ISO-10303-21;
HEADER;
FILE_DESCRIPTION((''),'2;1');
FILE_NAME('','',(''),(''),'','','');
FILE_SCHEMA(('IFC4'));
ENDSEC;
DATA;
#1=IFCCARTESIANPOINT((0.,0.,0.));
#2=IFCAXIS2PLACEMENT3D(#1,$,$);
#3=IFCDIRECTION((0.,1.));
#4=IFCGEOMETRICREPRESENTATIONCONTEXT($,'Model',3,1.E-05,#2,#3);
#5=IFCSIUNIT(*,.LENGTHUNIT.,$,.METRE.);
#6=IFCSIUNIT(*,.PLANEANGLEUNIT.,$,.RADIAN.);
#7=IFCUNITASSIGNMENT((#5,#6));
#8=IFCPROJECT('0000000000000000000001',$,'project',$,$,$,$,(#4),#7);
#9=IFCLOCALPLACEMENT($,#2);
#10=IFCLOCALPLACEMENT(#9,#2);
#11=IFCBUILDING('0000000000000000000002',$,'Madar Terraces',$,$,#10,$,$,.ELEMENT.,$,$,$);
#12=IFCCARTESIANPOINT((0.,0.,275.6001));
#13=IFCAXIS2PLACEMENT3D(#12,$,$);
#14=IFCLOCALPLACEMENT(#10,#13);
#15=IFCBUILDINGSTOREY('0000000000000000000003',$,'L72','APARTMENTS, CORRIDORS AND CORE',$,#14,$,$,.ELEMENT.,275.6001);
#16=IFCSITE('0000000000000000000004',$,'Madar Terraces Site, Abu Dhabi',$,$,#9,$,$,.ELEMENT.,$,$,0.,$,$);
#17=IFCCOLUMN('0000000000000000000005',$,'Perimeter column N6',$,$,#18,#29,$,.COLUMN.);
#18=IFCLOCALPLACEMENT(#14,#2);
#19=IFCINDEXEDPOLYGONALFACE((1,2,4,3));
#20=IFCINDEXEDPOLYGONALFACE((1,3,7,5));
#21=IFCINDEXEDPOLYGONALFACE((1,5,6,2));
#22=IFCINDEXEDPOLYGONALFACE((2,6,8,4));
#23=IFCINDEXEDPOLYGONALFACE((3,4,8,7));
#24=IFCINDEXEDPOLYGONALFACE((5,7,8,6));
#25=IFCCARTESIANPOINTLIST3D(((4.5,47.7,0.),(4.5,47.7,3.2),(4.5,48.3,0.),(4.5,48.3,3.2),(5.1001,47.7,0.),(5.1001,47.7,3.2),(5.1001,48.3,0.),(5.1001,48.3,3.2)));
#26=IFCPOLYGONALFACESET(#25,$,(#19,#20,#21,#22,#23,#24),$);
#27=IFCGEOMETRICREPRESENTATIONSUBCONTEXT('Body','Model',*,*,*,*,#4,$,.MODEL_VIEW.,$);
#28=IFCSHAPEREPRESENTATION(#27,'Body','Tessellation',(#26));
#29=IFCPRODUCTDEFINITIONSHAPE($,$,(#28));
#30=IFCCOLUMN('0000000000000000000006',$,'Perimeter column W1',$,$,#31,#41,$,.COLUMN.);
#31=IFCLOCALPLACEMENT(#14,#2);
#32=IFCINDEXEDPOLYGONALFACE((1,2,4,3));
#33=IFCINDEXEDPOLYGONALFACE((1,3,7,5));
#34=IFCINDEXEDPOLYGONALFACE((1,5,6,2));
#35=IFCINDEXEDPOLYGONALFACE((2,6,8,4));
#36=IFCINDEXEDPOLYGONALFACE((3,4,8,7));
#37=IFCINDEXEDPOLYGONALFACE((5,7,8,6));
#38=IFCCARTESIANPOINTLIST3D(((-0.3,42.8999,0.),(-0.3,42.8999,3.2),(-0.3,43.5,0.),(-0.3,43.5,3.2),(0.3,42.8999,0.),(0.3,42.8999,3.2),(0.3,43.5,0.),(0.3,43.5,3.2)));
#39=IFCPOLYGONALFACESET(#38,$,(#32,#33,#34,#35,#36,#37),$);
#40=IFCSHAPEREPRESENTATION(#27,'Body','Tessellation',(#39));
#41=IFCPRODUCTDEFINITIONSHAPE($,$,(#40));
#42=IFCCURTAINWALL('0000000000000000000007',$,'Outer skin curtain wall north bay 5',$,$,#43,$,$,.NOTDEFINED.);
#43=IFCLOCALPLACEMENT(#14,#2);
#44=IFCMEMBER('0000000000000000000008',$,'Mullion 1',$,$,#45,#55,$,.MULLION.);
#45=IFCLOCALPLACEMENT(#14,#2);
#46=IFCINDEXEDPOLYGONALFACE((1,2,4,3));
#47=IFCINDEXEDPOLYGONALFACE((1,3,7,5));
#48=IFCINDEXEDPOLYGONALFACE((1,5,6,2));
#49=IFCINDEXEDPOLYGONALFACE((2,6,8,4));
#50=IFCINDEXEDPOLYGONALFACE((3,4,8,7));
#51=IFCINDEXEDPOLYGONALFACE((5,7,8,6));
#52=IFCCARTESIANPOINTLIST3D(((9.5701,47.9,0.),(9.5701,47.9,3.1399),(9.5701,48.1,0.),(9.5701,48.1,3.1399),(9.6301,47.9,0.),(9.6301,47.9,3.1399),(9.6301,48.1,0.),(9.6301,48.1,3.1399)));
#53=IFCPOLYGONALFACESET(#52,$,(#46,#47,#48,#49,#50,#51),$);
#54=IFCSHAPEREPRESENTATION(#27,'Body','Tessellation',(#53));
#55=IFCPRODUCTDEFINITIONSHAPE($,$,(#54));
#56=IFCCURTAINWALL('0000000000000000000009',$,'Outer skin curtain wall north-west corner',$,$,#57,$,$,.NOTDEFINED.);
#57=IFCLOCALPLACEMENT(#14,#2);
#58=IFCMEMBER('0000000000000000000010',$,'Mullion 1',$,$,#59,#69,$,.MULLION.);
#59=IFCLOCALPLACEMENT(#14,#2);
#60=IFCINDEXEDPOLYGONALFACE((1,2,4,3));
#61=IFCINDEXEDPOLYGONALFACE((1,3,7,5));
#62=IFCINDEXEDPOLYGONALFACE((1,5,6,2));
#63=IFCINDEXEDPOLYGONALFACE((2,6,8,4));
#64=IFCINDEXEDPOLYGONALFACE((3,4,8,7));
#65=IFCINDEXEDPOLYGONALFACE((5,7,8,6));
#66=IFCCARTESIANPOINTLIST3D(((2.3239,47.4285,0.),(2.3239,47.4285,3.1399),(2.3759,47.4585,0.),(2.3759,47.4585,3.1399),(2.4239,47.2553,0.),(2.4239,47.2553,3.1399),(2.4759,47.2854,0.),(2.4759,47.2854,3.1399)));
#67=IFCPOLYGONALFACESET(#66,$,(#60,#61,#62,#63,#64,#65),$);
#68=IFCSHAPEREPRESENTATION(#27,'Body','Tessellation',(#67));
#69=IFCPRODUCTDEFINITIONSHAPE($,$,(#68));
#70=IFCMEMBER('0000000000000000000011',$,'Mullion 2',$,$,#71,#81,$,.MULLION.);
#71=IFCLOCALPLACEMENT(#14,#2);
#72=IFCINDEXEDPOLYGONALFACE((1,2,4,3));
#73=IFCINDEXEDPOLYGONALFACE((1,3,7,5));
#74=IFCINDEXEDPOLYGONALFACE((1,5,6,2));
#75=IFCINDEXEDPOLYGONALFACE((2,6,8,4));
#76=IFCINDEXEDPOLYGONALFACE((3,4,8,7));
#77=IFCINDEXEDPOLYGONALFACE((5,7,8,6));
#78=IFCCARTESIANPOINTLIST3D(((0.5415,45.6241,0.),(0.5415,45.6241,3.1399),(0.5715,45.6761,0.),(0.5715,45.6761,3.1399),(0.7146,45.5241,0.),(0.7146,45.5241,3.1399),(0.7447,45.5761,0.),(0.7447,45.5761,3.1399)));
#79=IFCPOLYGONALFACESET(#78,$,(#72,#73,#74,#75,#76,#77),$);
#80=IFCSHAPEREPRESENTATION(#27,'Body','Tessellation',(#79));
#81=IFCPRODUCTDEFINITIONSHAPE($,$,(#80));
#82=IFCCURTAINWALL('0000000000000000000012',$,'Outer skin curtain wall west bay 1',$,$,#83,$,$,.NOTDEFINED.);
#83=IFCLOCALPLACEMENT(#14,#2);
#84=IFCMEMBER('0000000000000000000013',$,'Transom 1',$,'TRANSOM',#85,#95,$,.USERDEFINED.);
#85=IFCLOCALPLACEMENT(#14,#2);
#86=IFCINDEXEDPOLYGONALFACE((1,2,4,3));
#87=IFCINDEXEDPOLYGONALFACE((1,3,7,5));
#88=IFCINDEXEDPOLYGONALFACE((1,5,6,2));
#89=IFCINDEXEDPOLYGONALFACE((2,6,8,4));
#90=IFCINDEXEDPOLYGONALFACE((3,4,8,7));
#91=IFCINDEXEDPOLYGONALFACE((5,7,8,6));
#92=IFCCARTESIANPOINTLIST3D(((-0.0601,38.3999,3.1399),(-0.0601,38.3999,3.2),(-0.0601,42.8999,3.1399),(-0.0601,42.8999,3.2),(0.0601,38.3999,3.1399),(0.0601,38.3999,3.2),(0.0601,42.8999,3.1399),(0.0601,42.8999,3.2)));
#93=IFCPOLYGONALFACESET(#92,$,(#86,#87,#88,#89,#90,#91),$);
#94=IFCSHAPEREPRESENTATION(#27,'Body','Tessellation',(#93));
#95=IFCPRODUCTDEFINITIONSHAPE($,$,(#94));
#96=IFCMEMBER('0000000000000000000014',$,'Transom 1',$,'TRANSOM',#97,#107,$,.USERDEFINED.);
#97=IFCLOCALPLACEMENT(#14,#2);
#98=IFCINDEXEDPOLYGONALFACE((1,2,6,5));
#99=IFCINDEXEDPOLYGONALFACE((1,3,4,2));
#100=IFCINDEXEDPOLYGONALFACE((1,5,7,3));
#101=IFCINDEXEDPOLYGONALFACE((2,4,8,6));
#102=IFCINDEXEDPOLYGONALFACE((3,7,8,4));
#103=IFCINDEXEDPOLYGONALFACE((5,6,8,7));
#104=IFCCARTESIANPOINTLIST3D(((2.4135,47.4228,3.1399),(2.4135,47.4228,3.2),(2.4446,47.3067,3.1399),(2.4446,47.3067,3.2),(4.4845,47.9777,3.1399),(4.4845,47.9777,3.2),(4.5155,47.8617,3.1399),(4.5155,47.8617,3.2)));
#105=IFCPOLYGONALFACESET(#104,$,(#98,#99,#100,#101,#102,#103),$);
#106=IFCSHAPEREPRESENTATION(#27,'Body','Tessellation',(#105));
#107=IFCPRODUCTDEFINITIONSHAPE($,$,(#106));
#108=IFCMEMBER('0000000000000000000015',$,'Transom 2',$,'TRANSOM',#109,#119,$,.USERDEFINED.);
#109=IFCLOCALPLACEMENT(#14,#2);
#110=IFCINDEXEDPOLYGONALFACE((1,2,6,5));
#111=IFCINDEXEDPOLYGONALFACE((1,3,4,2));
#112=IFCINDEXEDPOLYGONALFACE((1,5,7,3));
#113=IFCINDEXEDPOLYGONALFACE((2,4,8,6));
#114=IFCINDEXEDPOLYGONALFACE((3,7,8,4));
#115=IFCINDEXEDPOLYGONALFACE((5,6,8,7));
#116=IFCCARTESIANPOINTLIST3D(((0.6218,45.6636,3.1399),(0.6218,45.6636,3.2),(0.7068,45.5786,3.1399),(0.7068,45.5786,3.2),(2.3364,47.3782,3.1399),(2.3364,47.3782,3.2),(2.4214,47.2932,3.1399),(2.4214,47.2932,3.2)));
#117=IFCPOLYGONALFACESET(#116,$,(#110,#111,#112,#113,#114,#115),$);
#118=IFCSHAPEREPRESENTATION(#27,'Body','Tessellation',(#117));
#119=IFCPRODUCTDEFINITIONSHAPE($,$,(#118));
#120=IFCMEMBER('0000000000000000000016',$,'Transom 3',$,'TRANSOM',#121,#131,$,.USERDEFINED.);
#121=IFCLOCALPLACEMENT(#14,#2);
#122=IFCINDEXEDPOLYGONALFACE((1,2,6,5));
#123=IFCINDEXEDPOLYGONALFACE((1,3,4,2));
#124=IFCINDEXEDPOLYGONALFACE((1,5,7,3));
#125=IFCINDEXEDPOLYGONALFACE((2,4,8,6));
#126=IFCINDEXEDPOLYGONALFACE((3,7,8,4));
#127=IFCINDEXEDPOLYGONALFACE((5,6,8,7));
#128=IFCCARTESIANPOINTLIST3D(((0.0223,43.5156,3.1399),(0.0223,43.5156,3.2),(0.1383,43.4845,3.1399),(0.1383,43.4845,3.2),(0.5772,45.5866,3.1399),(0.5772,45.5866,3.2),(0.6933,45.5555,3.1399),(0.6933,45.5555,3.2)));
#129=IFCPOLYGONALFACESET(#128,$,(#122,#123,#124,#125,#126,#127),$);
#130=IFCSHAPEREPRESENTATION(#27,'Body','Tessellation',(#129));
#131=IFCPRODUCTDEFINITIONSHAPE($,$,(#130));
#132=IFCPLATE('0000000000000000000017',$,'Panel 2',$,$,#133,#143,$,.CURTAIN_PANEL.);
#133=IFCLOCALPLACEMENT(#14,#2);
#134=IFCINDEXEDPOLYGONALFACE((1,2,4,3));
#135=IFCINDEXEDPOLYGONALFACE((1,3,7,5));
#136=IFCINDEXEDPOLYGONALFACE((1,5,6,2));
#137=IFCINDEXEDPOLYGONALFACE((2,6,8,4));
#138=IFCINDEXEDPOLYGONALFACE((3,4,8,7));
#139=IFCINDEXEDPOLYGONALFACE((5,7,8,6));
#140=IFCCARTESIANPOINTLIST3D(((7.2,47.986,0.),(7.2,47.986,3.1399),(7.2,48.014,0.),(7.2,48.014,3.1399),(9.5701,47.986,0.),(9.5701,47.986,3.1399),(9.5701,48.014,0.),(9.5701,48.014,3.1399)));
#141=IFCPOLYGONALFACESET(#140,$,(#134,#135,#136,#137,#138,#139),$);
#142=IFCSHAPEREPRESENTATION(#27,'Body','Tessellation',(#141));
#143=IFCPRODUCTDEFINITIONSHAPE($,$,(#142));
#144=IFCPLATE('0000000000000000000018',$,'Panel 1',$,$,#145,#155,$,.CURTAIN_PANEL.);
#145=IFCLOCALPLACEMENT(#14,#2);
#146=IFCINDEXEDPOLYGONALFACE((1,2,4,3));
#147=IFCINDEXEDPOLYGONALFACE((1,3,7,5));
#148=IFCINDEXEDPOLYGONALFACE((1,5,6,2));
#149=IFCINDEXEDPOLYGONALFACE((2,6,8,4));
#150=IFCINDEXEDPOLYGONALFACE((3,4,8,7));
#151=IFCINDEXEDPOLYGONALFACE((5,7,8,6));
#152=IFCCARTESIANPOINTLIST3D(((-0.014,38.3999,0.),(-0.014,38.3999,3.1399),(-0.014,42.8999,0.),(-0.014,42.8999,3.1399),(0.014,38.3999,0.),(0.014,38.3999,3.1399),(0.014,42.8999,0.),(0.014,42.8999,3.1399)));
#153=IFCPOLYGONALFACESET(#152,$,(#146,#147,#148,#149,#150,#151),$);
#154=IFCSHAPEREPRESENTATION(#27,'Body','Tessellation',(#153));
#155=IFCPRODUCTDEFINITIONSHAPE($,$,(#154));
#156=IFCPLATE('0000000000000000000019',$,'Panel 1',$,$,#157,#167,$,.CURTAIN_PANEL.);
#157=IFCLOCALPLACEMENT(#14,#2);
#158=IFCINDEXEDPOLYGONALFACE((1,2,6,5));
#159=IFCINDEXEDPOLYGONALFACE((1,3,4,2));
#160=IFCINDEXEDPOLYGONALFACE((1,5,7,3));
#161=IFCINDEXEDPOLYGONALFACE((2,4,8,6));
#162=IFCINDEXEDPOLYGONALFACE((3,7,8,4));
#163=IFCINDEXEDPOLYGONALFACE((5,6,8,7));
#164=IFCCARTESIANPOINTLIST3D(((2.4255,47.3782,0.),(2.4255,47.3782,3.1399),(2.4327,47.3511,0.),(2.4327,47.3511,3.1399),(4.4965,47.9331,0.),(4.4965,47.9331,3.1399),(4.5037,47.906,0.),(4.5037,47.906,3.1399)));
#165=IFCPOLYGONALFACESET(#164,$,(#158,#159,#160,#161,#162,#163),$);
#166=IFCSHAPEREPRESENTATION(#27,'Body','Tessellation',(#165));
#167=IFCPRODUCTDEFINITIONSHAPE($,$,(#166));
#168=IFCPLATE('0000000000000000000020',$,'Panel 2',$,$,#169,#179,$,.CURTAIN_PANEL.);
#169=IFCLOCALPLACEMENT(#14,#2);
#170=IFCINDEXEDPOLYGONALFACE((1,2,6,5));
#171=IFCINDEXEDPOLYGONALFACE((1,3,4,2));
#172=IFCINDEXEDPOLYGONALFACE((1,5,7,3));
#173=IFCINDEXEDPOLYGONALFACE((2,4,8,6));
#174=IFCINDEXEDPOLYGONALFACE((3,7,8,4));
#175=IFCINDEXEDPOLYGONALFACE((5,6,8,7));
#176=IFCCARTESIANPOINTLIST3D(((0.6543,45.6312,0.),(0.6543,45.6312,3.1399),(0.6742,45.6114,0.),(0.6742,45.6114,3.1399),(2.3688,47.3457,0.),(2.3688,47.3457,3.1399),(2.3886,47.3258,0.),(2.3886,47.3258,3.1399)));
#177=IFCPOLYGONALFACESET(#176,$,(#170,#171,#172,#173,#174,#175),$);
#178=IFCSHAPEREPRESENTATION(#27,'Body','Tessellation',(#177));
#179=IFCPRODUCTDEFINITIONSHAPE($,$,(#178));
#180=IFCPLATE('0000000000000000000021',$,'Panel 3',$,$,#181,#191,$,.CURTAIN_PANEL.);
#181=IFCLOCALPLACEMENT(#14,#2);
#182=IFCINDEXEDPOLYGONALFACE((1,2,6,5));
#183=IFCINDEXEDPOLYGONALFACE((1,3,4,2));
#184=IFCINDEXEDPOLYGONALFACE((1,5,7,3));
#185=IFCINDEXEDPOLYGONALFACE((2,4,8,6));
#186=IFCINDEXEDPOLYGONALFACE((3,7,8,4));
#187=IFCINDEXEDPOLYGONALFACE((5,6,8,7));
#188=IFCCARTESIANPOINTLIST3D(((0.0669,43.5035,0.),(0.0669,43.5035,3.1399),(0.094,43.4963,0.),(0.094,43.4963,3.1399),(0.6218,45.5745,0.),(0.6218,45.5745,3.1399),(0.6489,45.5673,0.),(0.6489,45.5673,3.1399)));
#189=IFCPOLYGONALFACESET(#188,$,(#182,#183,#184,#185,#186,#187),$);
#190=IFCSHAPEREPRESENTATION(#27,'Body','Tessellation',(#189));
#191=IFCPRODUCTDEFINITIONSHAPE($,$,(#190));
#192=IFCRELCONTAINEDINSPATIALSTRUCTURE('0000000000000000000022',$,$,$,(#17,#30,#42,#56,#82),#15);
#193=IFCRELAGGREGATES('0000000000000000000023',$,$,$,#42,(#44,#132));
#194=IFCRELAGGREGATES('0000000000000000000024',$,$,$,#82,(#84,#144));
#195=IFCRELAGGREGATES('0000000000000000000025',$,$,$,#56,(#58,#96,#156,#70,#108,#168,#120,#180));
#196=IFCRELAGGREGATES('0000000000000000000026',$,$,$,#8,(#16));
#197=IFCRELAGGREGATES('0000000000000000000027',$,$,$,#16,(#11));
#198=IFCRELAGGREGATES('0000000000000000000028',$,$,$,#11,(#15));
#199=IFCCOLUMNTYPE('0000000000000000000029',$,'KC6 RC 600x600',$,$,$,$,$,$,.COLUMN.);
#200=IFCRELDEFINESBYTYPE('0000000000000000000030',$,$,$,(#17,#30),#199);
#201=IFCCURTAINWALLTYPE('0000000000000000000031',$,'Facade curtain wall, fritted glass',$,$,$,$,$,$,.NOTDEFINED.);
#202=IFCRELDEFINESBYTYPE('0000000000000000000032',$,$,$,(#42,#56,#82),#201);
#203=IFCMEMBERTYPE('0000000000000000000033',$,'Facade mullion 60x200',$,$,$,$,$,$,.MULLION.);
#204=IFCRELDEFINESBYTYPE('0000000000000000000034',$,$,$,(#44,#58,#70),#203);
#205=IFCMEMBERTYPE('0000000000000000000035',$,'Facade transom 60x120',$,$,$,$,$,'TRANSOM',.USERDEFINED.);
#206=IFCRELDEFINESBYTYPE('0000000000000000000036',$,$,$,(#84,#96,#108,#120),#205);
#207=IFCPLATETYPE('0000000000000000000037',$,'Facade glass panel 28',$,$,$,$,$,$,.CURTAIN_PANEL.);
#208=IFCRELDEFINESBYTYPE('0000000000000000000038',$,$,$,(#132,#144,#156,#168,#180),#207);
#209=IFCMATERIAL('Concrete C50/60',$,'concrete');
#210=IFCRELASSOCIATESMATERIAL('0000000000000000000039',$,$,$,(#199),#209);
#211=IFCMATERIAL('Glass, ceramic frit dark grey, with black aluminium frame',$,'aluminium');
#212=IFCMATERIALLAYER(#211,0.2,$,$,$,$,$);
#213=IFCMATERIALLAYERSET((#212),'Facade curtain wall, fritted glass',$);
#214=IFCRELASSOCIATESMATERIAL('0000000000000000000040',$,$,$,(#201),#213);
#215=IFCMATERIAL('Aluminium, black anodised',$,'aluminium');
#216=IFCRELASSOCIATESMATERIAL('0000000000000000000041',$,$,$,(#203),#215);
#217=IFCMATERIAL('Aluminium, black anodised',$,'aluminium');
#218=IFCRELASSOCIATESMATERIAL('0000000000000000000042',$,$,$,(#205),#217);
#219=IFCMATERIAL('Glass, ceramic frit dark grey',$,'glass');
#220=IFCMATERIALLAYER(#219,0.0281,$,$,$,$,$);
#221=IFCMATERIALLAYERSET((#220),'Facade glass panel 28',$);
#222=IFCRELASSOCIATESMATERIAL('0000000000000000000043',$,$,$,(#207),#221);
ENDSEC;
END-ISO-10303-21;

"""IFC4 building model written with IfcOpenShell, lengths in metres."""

from ifc_helpers import new_model, si_unit, direction, frame, origin, origin_2d, place, context, subcontext, project, spatial, rectangle, extrude, material, layer, layer_set, material_profile, profile_set, type_object, element, aggregate, save


model = new_model("IFC4")

# Units and contexts
model_context = context("Model", 3, precision=1e-05, world=origin(), true_north=direction((0.0, 1.0)))
body_context = subcontext(model_context, "Body", "Model", "MODEL_VIEW")
ifc_project = project(units=[si_unit("LENGTHUNIT", "METRE"), si_unit("PLANEANGLEUNIT", "RADIAN")], contexts=[model_context])

# Site, building, storey
site_placement = place(None, origin())
site = spatial("IfcSite", under=ifc_project, at=site_placement, Name="Madar Terraces Site, Abu Dhabi", CompositionType="ELEMENT", RefElevation=0.0)
building_placement = place(site_placement, origin())
building = spatial("IfcBuilding", under=site, at=building_placement, Name="Madar Terraces", CompositionType="ELEMENT")
storey_placement = place(building_placement, frame((0.0, 0.0, 275.6001)))
storey = spatial("IfcBuildingStorey", under=building, at=storey_placement, Name="L72", Description="APARTMENTS, CORRIDORS AND CORE", CompositionType="ELEMENT", Elevation=275.6001)

# Columns
ifc_material_1 = material(Name="Concrete C50/60", Category="concrete")
ifc_material_profile_1 = material_profile(ifc_material_1, rectangle(XDim=0.6001, YDim=0.6001, at=origin_2d()), Name="KC6 RC 600x600")
ifc_profile_set_1 = profile_set([ifc_material_profile_1], Name="Concrete C50/60")
column_type = type_object("IfcColumnType", Name="KC6 RC 600x600", PredefinedType="COLUMN", material=ifc_profile_set_1)
for number, where, z_axis, x_axis, name in (
    (1, (4.8, 48.0, 0.0), (0.0, 0.0, 1.0), (1.0, 0.0, 0.0), "Perimeter column N6"),
    (2, (0.0, 43.2, 0.0), (0.0, 0.0, 1.0), (1.0, 0.0, 0.0), "Perimeter column W1"),
):
    element("IfcColumn", number, at=place(storey_placement, frame(where, z_axis=z_axis, x_axis=x_axis)), inside=storey, type_object=column_type, Name=name, PredefinedType="COLUMN", context=body_context, shape_type="SweptSolid", body=[
        extrude(rectangle(XDim=0.6001, YDim=0.6001, at=origin_2d()), origin(), (0.0, 0.0, 1.0), 3.2),
    ])

# Curtain wall, member
ifc_material_2 = material(Name="Glass, ceramic frit dark grey, with black aluminium frame", Category="aluminium")
ifc_layer_1 = layer(ifc_material_2, 0.2)
ifc_layer_set_1 = layer_set([ifc_layer_1], Name="Facade curtain wall, fritted glass")
curtain_wall_type = type_object("IfcCurtainWallType", Name="Facade curtain wall, fritted glass", PredefinedType="NOTDEFINED", material=ifc_layer_set_1)
curtain_wall_1_placement = place(storey_placement, origin())
curtain_wall_1 = element("IfcCurtainWall", 3, at=curtain_wall_1_placement, inside=storey, type_object=curtain_wall_type, Name="Outer skin curtain wall north bay 5", PredefinedType="NOTDEFINED")
ifc_material_3 = material(Name="Aluminium, black anodised", Category="aluminium")
ifc_material_profile_2 = material_profile(ifc_material_3, rectangle(XDim=0.2, YDim=0.0601, at=origin_2d()), Name="Facade mullion 60x200")
ifc_profile_set_2 = profile_set([ifc_material_profile_2], Name="Aluminium, black anodised")
member_type_1 = type_object("IfcMemberType", Name="Facade mullion 60x200", PredefinedType="MULLION", material=ifc_profile_set_2)
member_1_placement = place(storey_placement, frame((9.6001, 48.0, 0.0), z_axis=(0.0, 0.0, 1.0), x_axis=(0.0, -1.0, 0.0)))
member_1 = element("IfcMember", 4, at=member_1_placement, type_object=member_type_1, Name="Mullion 1", PredefinedType="MULLION", context=body_context, shape_type="SweptSolid", body=[
    extrude(rectangle(XDim=0.2, YDim=0.0601, at=origin_2d()), origin(), (0.0, 0.0, 1.0), 3.1399),
])

# Curtain wall, members
curtain_wall_2_placement = place(storey_placement, origin())
curtain_wall_2 = element("IfcCurtainWall", 5, at=curtain_wall_2_placement, inside=storey, type_object=curtain_wall_type, Name="Outer skin curtain wall north-west corner", PredefinedType="NOTDEFINED")
member_2_placement = place(storey_placement, frame((2.3999, 47.3569, 0.0), z_axis=(0.0, 0.0, 1.0), x_axis=(0.5, -0.866025, 0.0)))
member_2 = element("IfcMember", 6, at=member_2_placement, type_object=member_type_1, Name="Mullion 1", PredefinedType="MULLION", context=body_context, shape_type="SweptSolid", body=[
    extrude(rectangle(XDim=0.2, YDim=0.0601, at=origin_2d()), origin(), (0.0, 0.0, 1.0), 3.1399),
])
member_3_placement = place(storey_placement, frame((0.6431, 45.6001, 0.0), z_axis=(0.0, 0.0, 1.0), x_axis=(0.866025, -0.5, 0.0)))
member_3 = element("IfcMember", 7, at=member_3_placement, type_object=member_type_1, Name="Mullion 2", PredefinedType="MULLION", context=body_context, shape_type="SweptSolid", body=[
    extrude(rectangle(XDim=0.2, YDim=0.0601, at=origin_2d()), origin(), (0.0, 0.0, 1.0), 3.1399),
])

# Curtain wall, member
curtain_wall_3_placement = place(storey_placement, origin())
curtain_wall_3 = element("IfcCurtainWall", 8, at=curtain_wall_3_placement, inside=storey, type_object=curtain_wall_type, Name="Outer skin curtain wall west bay 1", PredefinedType="NOTDEFINED")
ifc_material_4 = material(Name="Aluminium, black anodised", Category="aluminium")
ifc_material_profile_3 = material_profile(ifc_material_4, rectangle(XDim=0.1201, YDim=0.0601, at=origin_2d()), Name="Facade transom 60x120")
ifc_profile_set_3 = profile_set([ifc_material_profile_3], Name="Aluminium, black anodised")
member_type_2 = type_object("IfcMemberType", Name="Facade transom 60x120", ElementType="TRANSOM", PredefinedType="USERDEFINED", material=ifc_profile_set_3)
member_4_placement = place(storey_placement, frame((0.0, 42.8999, 3.1699), z_axis=(0.0, -1.0, 0.0), x_axis=(1.0, 0.0, 0.0)))
member_4 = element("IfcMember", 9, at=member_4_placement, type_object=member_type_2, Name="Transom 1", ObjectType="TRANSOM", PredefinedType="USERDEFINED", context=body_context, shape_type="SweptSolid", body=[
    extrude(rectangle(XDim=0.1201, YDim=0.0601, at=origin_2d()), origin(), (0.0, 0.0, 1.0), 4.5),
])

# Members
member_5_placement = place(storey_placement, frame((4.5, 47.9197, 3.1699), z_axis=(-0.965926, -0.258818, 0.0), x_axis=(0.258818, -0.965926, 0.0)))
member_5 = element("IfcMember", 10, at=member_5_placement, type_object=member_type_2, Name="Transom 1", ObjectType="TRANSOM", PredefinedType="USERDEFINED", context=body_context, shape_type="SweptSolid", body=[
    extrude(rectangle(XDim=0.1201, YDim=0.0601, at=origin_2d()), origin(), (0.0, 0.0, 1.0), 2.144),
])
member_6_placement = place(storey_placement, frame((2.3789, 47.3357, 3.1699), z_axis=(-0.707107, -0.707107, 0.0), x_axis=(0.707107, -0.707107, 0.0)))
member_6 = element("IfcMember", 11, at=member_6_placement, type_object=member_type_2, Name="Transom 2", ObjectType="TRANSOM", PredefinedType="USERDEFINED", context=body_context, shape_type="SweptSolid", body=[
    extrude(rectangle(XDim=0.1201, YDim=0.0601, at=origin_2d()), origin(), (0.0, 0.0, 1.0), 2.4248),
])
member_7_placement = place(storey_placement, frame((0.6353, 45.571, 3.1699), z_axis=(-0.258818, -0.965926, 0.0), x_axis=(0.965926, -0.258818, 0.0)))
member_7 = element("IfcMember", 12, at=member_7_placement, type_object=member_type_2, Name="Transom 3", ObjectType="TRANSOM", PredefinedType="USERDEFINED", context=body_context, shape_type="SweptSolid", body=[
    extrude(rectangle(XDim=0.1201, YDim=0.0601, at=origin_2d()), origin(), (0.0, 0.0, 1.0), 2.144),
])

# Plates
ifc_material_5 = material(Name="Glass, ceramic frit dark grey", Category="glass")
ifc_layer_2 = layer(ifc_material_5, 0.0281)
ifc_layer_set_2 = layer_set([ifc_layer_2], Name="Facade glass panel 28")
plate_type = type_object("IfcPlateType", Name="Facade glass panel 28", PredefinedType="CURTAIN_PANEL", material=ifc_layer_set_2)
plate_1_placement = place(storey_placement, frame((8.385, 48.0, 0.0), z_axis=(0.0, 0.0, 1.0), x_axis=(-1.0, 0.0, 0.0)))
plate_1 = element("IfcPlate", 13, at=plate_1_placement, type_object=plate_type, Name="Panel 2", PredefinedType="CURTAIN_PANEL", context=body_context, shape_type="SweptSolid", body=[
    extrude(rectangle(XDim=2.3701, YDim=0.0281, at=origin_2d()), origin(), (0.0, 0.0, 1.0), 3.1399),
])
aggregate(curtain_wall_1, [member_1, plate_1])
plate_2_placement = place(storey_placement, frame((0.0, 40.6499, 0.0), z_axis=(0.0, 0.0, 1.0), x_axis=(0.0, -1.0, 0.0)))
plate_2 = element("IfcPlate", 14, at=plate_2_placement, type_object=plate_type, Name="Panel 1", PredefinedType="CURTAIN_PANEL", context=body_context, shape_type="SweptSolid", body=[
    extrude(rectangle(XDim=4.5, YDim=0.0281, at=origin_2d()), origin(), (0.0, 0.0, 1.0), 3.1399),
])
aggregate(curtain_wall_3, [member_4, plate_2])
plate_3_placement = place(storey_placement, frame((3.4646, 47.6421, 0.0), z_axis=(0.0, 0.0, 1.0), x_axis=(-0.965926, -0.258819, 0.0)))
plate_3 = element("IfcPlate", 15, at=plate_3_placement, type_object=plate_type, Name="Panel 1", PredefinedType="CURTAIN_PANEL", context=body_context, shape_type="SweptSolid", body=[
    extrude(rectangle(XDim=2.144, YDim=0.0281, at=origin_2d()), origin(), (0.0, 0.0, 1.0), 3.1399),
])
plate_4_placement = place(storey_placement, frame((1.5215, 46.4785, 0.0), z_axis=(0.0, 0.0, 1.0), x_axis=(-0.707107, -0.707107, 0.0)))
plate_4 = element("IfcPlate", 16, at=plate_4_placement, type_object=plate_type, Name="Panel 2", PredefinedType="CURTAIN_PANEL", context=body_context, shape_type="SweptSolid", body=[
    extrude(rectangle(XDim=2.4246, YDim=0.0281, at=origin_2d()), origin(), (0.0, 0.0, 1.0), 3.1399),
])
plate_5_placement = place(storey_placement, frame((0.3579, 44.5354, 0.0), z_axis=(0.0, 0.0, 1.0), x_axis=(-0.258819, -0.965926, 0.0)))
plate_5 = element("IfcPlate", 17, at=plate_5_placement, type_object=plate_type, Name="Panel 3", PredefinedType="CURTAIN_PANEL", context=body_context, shape_type="SweptSolid", body=[
    extrude(rectangle(XDim=2.144, YDim=0.0281, at=origin_2d()), origin(), (0.0, 0.0, 1.0), 3.1399),
])
aggregate(curtain_wall_2, [member_2, member_5, plate_3, member_3, member_6, plate_4, member_7, plate_5])

save(model, "model.ifc")
